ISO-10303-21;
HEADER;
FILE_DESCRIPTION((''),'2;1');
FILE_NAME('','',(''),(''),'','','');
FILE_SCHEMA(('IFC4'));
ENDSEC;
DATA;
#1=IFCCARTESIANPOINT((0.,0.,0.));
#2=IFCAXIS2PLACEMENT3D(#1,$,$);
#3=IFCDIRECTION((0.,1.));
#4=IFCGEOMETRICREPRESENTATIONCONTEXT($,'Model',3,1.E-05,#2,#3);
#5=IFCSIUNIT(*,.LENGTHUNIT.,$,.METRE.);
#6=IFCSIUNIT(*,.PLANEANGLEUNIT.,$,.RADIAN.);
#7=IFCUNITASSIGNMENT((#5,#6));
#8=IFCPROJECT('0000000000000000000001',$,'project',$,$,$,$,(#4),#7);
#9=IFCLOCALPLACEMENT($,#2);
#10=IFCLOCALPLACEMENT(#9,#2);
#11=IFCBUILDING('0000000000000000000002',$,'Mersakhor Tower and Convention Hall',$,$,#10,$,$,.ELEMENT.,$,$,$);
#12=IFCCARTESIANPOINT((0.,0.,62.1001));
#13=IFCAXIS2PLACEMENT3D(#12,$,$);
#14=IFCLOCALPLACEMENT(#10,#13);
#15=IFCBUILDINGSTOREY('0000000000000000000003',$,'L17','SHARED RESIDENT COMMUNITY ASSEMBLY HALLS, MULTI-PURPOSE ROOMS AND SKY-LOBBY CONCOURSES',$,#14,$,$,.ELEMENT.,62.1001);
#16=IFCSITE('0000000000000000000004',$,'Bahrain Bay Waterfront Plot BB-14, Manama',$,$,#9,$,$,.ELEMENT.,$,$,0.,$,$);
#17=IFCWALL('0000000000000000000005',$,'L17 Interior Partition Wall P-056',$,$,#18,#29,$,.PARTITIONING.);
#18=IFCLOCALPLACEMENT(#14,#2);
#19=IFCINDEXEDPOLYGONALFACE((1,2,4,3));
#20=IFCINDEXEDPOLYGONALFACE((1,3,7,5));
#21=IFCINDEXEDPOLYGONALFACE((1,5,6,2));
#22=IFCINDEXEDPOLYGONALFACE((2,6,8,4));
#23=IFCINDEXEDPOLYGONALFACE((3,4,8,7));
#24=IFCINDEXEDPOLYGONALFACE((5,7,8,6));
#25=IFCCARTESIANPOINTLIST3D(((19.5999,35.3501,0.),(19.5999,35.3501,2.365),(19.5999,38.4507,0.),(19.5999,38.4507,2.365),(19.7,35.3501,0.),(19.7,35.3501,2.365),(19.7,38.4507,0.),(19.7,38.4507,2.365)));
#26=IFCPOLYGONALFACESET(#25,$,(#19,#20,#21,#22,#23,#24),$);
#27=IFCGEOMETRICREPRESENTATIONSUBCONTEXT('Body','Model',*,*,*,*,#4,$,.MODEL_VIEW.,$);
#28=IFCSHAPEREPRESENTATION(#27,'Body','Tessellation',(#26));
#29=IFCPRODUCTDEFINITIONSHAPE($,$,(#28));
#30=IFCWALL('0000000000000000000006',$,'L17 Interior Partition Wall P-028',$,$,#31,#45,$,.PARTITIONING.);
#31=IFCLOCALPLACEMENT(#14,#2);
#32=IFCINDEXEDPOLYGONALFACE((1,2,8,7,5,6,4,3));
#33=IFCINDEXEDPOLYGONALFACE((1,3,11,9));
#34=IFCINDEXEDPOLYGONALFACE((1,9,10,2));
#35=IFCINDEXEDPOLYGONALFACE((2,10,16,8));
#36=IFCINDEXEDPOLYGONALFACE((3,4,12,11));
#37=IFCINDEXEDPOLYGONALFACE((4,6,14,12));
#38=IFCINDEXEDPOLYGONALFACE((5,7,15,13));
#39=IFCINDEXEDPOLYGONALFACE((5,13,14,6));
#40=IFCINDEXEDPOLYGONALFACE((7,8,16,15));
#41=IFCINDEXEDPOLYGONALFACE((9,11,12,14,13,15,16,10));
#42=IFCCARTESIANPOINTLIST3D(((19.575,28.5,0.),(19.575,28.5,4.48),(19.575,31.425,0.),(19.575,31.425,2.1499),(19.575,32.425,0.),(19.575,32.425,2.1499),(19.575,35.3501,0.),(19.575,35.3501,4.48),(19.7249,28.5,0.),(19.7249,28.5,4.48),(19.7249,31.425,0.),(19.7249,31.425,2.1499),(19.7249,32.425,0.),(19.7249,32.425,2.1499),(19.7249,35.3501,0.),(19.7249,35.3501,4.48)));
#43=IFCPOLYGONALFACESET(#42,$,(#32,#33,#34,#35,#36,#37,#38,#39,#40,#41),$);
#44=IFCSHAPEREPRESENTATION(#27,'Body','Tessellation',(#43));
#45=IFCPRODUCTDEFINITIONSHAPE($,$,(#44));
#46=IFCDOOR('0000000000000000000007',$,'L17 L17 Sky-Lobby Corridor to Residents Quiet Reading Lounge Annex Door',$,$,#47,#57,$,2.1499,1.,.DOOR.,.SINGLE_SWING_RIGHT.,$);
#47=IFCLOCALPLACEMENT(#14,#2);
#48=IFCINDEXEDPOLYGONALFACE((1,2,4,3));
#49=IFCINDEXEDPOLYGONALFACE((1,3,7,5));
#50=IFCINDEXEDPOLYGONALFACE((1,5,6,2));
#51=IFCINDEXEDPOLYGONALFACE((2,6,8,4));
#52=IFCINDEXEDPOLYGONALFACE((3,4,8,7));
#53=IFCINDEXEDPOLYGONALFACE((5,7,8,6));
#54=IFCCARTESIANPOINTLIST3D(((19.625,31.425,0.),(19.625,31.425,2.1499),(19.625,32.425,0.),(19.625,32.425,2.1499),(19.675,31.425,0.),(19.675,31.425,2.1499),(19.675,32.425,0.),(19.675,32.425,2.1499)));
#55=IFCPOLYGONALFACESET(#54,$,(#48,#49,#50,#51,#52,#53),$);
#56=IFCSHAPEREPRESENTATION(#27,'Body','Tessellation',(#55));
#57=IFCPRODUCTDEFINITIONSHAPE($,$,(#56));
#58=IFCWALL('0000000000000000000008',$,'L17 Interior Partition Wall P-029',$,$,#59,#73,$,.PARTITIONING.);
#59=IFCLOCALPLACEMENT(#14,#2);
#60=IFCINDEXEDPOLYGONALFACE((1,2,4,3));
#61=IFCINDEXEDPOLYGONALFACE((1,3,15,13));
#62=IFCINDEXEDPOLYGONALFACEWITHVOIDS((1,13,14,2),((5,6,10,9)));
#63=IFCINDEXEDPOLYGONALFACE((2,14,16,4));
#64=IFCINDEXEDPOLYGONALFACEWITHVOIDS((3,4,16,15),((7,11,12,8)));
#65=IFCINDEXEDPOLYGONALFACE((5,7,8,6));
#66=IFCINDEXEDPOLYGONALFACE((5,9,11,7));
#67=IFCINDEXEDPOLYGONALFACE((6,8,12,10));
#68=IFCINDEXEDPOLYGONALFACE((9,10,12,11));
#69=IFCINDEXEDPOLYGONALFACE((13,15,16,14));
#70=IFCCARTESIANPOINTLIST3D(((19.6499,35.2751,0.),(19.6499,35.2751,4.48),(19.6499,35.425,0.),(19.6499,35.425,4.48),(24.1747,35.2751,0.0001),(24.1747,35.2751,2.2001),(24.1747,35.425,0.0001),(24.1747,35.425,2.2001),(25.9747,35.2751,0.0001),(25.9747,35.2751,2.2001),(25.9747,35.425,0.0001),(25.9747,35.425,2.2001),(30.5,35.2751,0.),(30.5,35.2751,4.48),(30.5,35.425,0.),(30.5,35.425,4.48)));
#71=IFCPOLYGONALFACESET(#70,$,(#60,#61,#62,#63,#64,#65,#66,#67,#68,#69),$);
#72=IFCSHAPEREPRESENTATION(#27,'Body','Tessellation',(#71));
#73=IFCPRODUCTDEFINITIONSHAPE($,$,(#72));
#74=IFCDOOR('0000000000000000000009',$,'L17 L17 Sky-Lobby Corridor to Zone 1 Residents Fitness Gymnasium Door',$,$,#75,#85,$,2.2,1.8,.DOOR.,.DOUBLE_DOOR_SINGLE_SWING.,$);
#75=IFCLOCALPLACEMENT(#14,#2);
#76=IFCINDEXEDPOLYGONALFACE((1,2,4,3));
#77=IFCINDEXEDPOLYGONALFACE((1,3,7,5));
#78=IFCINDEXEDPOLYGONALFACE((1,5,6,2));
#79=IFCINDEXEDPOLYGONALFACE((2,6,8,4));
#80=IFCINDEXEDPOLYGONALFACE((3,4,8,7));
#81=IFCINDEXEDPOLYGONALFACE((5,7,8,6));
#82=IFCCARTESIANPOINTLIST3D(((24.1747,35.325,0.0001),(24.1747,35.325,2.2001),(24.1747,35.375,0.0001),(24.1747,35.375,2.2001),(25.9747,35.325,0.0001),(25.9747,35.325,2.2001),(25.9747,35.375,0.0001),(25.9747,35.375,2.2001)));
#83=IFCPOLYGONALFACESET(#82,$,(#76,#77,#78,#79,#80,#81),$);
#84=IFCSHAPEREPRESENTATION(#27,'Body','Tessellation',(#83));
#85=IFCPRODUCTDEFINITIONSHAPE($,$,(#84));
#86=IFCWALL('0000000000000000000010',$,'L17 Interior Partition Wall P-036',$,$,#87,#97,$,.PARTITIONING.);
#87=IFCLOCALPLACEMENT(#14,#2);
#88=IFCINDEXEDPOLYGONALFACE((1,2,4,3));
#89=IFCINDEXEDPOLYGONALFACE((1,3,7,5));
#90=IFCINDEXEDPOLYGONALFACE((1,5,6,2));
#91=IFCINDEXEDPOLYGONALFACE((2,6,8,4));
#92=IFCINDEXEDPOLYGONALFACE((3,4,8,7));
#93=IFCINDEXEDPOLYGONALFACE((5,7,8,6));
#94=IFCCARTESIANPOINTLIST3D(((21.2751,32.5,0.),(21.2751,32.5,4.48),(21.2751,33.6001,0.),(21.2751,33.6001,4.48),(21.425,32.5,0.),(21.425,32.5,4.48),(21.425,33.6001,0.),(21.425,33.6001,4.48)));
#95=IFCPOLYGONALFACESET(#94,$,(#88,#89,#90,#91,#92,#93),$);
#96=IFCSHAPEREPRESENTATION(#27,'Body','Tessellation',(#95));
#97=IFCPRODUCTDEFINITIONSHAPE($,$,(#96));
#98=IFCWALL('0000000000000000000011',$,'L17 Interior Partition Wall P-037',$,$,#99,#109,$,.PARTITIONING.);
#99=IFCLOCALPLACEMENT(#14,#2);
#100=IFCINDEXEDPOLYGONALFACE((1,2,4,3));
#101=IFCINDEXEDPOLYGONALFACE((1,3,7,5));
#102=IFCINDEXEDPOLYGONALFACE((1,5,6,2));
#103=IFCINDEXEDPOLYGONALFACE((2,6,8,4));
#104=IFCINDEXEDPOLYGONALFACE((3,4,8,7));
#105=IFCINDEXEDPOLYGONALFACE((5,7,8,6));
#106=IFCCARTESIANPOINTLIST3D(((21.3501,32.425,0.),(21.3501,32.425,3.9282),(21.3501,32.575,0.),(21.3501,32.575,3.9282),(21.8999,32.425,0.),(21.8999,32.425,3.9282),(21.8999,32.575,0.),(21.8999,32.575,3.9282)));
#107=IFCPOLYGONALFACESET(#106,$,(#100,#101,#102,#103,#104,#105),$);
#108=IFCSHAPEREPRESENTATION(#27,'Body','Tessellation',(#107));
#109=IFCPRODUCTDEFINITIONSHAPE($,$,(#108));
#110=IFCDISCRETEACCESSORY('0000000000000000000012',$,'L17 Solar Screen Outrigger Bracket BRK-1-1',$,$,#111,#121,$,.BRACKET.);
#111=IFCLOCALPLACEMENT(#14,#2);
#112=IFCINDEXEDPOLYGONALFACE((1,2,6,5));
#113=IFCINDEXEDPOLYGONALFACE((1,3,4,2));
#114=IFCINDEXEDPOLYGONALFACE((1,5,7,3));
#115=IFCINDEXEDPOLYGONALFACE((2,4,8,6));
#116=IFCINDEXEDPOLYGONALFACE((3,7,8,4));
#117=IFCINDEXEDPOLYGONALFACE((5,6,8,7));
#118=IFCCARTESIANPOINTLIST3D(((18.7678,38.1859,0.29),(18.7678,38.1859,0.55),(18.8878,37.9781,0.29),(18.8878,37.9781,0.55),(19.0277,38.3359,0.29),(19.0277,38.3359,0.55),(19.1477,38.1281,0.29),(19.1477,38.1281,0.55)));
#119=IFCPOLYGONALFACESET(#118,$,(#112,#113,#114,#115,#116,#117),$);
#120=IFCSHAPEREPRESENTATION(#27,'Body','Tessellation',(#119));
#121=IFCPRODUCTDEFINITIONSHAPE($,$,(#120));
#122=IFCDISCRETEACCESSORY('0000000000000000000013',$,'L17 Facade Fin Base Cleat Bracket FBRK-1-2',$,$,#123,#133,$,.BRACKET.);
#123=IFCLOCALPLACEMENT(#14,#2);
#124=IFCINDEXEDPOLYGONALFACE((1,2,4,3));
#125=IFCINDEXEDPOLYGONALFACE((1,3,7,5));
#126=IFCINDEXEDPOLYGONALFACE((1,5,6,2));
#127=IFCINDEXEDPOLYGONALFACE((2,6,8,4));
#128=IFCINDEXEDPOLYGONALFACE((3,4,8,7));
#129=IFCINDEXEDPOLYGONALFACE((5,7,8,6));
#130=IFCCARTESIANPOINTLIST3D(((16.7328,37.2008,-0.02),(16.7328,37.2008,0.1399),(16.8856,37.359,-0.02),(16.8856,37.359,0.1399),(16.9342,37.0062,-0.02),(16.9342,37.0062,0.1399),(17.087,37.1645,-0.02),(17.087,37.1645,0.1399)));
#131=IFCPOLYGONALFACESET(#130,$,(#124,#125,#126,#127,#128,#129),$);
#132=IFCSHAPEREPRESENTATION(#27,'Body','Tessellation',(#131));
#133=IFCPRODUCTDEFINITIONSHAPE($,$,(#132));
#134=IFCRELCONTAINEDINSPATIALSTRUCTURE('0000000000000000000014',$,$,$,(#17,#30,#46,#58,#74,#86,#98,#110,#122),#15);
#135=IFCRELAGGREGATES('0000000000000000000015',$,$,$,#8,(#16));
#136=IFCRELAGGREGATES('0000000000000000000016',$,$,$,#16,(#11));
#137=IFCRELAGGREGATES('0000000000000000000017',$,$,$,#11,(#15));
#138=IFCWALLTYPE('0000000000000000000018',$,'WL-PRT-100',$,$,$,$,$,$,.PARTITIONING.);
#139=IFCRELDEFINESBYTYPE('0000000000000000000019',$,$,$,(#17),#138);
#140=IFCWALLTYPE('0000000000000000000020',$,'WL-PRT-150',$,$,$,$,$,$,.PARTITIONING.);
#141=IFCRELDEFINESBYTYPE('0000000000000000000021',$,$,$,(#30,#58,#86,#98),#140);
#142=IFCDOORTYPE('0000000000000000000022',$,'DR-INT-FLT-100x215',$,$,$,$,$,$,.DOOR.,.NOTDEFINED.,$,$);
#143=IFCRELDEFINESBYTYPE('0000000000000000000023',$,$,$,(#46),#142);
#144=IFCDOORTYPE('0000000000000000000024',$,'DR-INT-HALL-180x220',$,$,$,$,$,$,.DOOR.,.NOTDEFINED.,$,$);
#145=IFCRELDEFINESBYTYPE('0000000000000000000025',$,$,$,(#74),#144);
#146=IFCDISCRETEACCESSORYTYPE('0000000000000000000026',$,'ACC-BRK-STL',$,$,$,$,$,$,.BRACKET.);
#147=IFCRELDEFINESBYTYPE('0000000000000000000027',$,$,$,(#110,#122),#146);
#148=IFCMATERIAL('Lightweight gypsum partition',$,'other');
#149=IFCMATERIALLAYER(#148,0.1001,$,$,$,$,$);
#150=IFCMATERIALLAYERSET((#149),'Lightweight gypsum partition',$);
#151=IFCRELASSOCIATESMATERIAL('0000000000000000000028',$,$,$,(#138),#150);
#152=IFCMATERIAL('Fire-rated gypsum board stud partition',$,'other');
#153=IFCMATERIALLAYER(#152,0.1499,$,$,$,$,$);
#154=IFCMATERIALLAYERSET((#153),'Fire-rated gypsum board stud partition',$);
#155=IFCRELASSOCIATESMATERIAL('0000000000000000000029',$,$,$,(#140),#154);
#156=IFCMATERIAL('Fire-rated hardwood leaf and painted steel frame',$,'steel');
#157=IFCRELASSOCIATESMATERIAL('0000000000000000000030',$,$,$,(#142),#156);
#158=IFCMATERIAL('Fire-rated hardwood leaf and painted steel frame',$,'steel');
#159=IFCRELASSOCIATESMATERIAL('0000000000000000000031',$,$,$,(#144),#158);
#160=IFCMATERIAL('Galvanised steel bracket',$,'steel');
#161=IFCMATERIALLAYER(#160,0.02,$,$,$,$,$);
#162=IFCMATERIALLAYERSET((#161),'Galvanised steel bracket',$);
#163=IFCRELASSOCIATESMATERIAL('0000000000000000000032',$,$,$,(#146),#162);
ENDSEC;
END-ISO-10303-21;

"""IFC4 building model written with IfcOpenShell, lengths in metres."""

from ifc_helpers import new_model, si_unit, direction, frame, frame_2d, origin, origin_2d, place, context, subcontext, project, spatial, rectangle, extrude, material, layer, layer_set, type_object, element, fill, save


model = new_model("IFC4")

# Units and contexts
model_context = context("Model", 3, precision=1e-05, world=origin(), true_north=direction((0.0, 1.0)))
body_context = subcontext(model_context, "Body", "Model", "MODEL_VIEW")
ifc_project = project(units=[si_unit("LENGTHUNIT", "METRE"), si_unit("PLANEANGLEUNIT", "RADIAN")], contexts=[model_context])

# Site, building, storey
site_placement = place(None, origin())
site = spatial("IfcSite", under=ifc_project, at=site_placement, Name="Bahrain Bay Waterfront Plot BB-14, Manama", CompositionType="ELEMENT", RefElevation=0.0)
building_placement = place(site_placement, origin())
building = spatial("IfcBuilding", under=site, at=building_placement, Name="Mersakhor Tower and Convention Hall", CompositionType="ELEMENT")
storey_placement = place(building_placement, frame((0.0, 0.0, 62.1001)))
storey = spatial("IfcBuildingStorey", under=building, at=storey_placement, Name="L17", Description="SHARED RESIDENT COMMUNITY ASSEMBLY HALLS, MULTI-PURPOSE ROOMS AND SKY-LOBBY CONCOURSES", CompositionType="ELEMENT", Elevation=62.1001)

# Wall
ifc_material_1 = material(Name="Lightweight gypsum partition", Category="other")
ifc_layer_1 = layer(ifc_material_1, 0.1001)
ifc_layer_set_1 = layer_set([ifc_layer_1], Name="Lightweight gypsum partition")
wall_type_1 = type_object("IfcWallType", Name="WL-PRT-100", PredefinedType="PARTITIONING", material=ifc_layer_set_1)
wall_1_placement = place(storey_placement, frame((19.6499, 35.3501, 0.0), z_axis=(0.0, 0.0, 1.0), x_axis=(0.0, 1.0, 0.0)))
element("IfcWall", 1, at=wall_1_placement, inside=storey, type_object=wall_type_1, Name="L17 Interior Partition Wall P-056", PredefinedType="PARTITIONING", context=body_context, shape_type="SweptSolid", body=[
    extrude(rectangle(XDim=3.1006, YDim=0.1001, at=frame_2d((1.5503, 0.0))), origin(), (0.0, 0.0, 1.0), 2.365),
])

# Walls, openings, doors
ifc_material_2 = material(Name="Fire-rated gypsum board stud partition", Category="other")
ifc_layer_2 = layer(ifc_material_2, 0.1499)
ifc_layer_set_2 = layer_set([ifc_layer_2], Name="Fire-rated gypsum board stud partition")
wall_type_2 = type_object("IfcWallType", Name="WL-PRT-150", PredefinedType="PARTITIONING", material=ifc_layer_set_2)
wall_2_placement = place(storey_placement, frame((19.6499, 28.5, 0.0), z_axis=(0.0, 0.0, 1.0), x_axis=(0.0, 1.0, 0.0)))
wall_2 = element("IfcWall", 2, at=wall_2_placement, inside=storey, type_object=wall_type_2, Name="L17 Interior Partition Wall P-028", PredefinedType="PARTITIONING", context=body_context, shape_type="SweptSolid", body=[
    extrude(rectangle(XDim=6.8501, YDim=0.1499, at=frame_2d((3.425, 0.0))), origin(), (0.0, 0.0, 1.0), 4.48),
])
opening_1_placement = place(wall_2_placement, frame((2.925, 0.0, 0.0)))
opening_1 = element("IfcOpeningElement", 3, at=opening_1_placement, cuts=wall_2, PredefinedType="OPENING", context=body_context, shape_type="SweptSolid", body=[
    extrude(rectangle(XDim=1.0, YDim=2.1499, at=frame_2d((0.5, 1.075))), frame((0.0, 0.085, 0.0), z_axis=(0.0, -1.0, 0.0), x_axis=(1.0, 0.0, 0.0)), (0.0, 0.0, 1.0), 0.1699),
])
ifc_material_3 = material(Name="Fire-rated hardwood leaf and painted steel frame", Category="steel")
door_type_1 = type_object("IfcDoorType", Name="DR-INT-FLT-100x215", OperationType="NOTDEFINED", PredefinedType="DOOR", material=ifc_material_3)
door_1_placement = place(opening_1_placement, origin())
door_1 = element("IfcDoor", 4, at=door_1_placement, inside=storey, type_object=door_type_1, Name="L17 L17 Sky-Lobby Corridor to Residents Quiet Reading Lounge Annex Door", OperationType="SINGLE_SWING_RIGHT", OverallHeight=2.1499, OverallWidth=1.0, PredefinedType="DOOR", context=body_context, shape_type="SweptSolid", body=[
    extrude(rectangle(XDim=1.0, YDim=2.1499, at=frame_2d((0.5, 1.075))), frame((0.0, 0.0249, 0.0), z_axis=(0.0, -1.0, 0.0), x_axis=(1.0, 0.0, 0.0)), (0.0, 0.0, 1.0), 0.05),
])
fill(opening_1, door_1)
wall_3_placement = place(storey_placement, frame((19.6499, 35.3501, 0.0), z_axis=(0.0, 0.0, 1.0), x_axis=(1.0, 0.0, 0.0)))
wall_3 = element("IfcWall", 5, at=wall_3_placement, inside=storey, type_object=wall_type_2, Name="L17 Interior Partition Wall P-029", PredefinedType="PARTITIONING", context=body_context, shape_type="SweptSolid", body=[
    extrude(rectangle(XDim=10.8501, YDim=0.1499, at=frame_2d((5.425, 0.0))), origin(), (0.0, 0.0, 1.0), 4.48),
])
opening_2_placement = place(wall_3_placement, frame((4.5249, 0.0, 0.0)))
opening_2 = element("IfcOpeningElement", 6, at=opening_2_placement, cuts=wall_3, PredefinedType="OPENING", context=body_context, shape_type="SweptSolid", body=[
    extrude(rectangle(XDim=1.8, YDim=2.2, at=frame_2d((0.8999, 1.1001))), frame((0.0, 0.085, 0.0), z_axis=(0.0, -1.0, 0.0), x_axis=(1.0, 0.0, 0.0)), (0.0, 0.0, 1.0), 0.1699),
])
ifc_material_4 = material(Name="Fire-rated hardwood leaf and painted steel frame", Category="steel")
door_type_2 = type_object("IfcDoorType", Name="DR-INT-HALL-180x220", OperationType="NOTDEFINED", PredefinedType="DOOR", material=ifc_material_4)
door_2_placement = place(opening_2_placement, origin())
door_2 = element("IfcDoor", 7, at=door_2_placement, inside=storey, type_object=door_type_2, Name="L17 L17 Sky-Lobby Corridor to Zone 1 Residents Fitness Gymnasium Door", OperationType="DOUBLE_DOOR_SINGLE_SWING", OverallHeight=2.2, OverallWidth=1.8, PredefinedType="DOOR", context=body_context, shape_type="SweptSolid", body=[
    extrude(rectangle(XDim=1.8, YDim=2.2, at=frame_2d((0.8999, 1.1001))), frame((0.0, 0.0249, 0.0), z_axis=(0.0, -1.0, 0.0), x_axis=(1.0, 0.0, 0.0)), (0.0, 0.0, 1.0), 0.05),
])
fill(opening_2, door_2)

# Walls
wall_4_placement = place(storey_placement, frame((21.3501, 33.6001, 0.0), z_axis=(0.0, 0.0, 1.0), x_axis=(0.0, -1.0, 0.0)))
element("IfcWall", 8, at=wall_4_placement, inside=storey, type_object=wall_type_2, Name="L17 Interior Partition Wall P-036", PredefinedType="PARTITIONING", context=body_context, shape_type="SweptSolid", body=[
    extrude(rectangle(XDim=1.1001, YDim=0.1499, at=frame_2d((0.55, 0.0))), origin(), (0.0, 0.0, 1.0), 4.48),
])
wall_5_placement = place(storey_placement, frame((21.3501, 32.5, 0.0), z_axis=(0.0, 0.0, 1.0), x_axis=(1.0, 0.0, 0.0)))
element("IfcWall", 9, at=wall_5_placement, inside=storey, type_object=wall_type_2, Name="L17 Interior Partition Wall P-037", PredefinedType="PARTITIONING", context=body_context, shape_type="SweptSolid", body=[
    extrude(rectangle(XDim=0.5498, YDim=0.1499, at=frame_2d((0.2749, 0.0))), origin(), (0.0, 0.0, 1.0), 3.9282),
])

# Discrete accessories
ifc_material_5 = material(Name="Galvanised steel bracket", Category="steel")
ifc_layer_3 = layer(ifc_material_5, 0.02)
ifc_layer_set_3 = layer_set([ifc_layer_3], Name="Galvanised steel bracket")
discrete_accessory_type = type_object("IfcDiscreteAccessoryType", Name="ACC-BRK-STL", PredefinedType="BRACKET", material=ifc_layer_set_3)
discrete_accessory_1_placement = place(storey_placement, frame((18.9578, 38.157, 0.29), z_axis=(0.0, 0.0, 1.0), x_axis=(0.866025, 0.5, 0.0)))
element("IfcDiscreteAccessory", 10, at=discrete_accessory_1_placement, inside=storey, type_object=discrete_accessory_type, Name="L17 Solar Screen Outrigger Bracket BRK-1-1", PredefinedType="BRACKET", context=body_context, shape_type="SweptSolid", body=[
    extrude(rectangle(XDim=0.3, YDim=0.24, at=origin_2d()), origin(), (0.0, 0.0, 1.0), 0.26),
])
discrete_accessory_2_placement = place(storey_placement, frame((16.9099, 37.1826, -0.02), z_axis=(0.0, 0.0, 1.0), x_axis=(-0.71934, 0.694658, 0.0)))
element("IfcDiscreteAccessory", 11, at=discrete_accessory_2_placement, inside=storey, type_object=discrete_accessory_type, Name="L17 Facade Fin Base Cleat Bracket FBRK-1-2", PredefinedType="BRACKET", context=body_context, shape_type="SweptSolid", body=[
    extrude(rectangle(XDim=0.28, YDim=0.22, at=origin_2d()), origin(), (0.0, 0.0, 1.0), 0.1599),
])

save(model, "model.ifc")
